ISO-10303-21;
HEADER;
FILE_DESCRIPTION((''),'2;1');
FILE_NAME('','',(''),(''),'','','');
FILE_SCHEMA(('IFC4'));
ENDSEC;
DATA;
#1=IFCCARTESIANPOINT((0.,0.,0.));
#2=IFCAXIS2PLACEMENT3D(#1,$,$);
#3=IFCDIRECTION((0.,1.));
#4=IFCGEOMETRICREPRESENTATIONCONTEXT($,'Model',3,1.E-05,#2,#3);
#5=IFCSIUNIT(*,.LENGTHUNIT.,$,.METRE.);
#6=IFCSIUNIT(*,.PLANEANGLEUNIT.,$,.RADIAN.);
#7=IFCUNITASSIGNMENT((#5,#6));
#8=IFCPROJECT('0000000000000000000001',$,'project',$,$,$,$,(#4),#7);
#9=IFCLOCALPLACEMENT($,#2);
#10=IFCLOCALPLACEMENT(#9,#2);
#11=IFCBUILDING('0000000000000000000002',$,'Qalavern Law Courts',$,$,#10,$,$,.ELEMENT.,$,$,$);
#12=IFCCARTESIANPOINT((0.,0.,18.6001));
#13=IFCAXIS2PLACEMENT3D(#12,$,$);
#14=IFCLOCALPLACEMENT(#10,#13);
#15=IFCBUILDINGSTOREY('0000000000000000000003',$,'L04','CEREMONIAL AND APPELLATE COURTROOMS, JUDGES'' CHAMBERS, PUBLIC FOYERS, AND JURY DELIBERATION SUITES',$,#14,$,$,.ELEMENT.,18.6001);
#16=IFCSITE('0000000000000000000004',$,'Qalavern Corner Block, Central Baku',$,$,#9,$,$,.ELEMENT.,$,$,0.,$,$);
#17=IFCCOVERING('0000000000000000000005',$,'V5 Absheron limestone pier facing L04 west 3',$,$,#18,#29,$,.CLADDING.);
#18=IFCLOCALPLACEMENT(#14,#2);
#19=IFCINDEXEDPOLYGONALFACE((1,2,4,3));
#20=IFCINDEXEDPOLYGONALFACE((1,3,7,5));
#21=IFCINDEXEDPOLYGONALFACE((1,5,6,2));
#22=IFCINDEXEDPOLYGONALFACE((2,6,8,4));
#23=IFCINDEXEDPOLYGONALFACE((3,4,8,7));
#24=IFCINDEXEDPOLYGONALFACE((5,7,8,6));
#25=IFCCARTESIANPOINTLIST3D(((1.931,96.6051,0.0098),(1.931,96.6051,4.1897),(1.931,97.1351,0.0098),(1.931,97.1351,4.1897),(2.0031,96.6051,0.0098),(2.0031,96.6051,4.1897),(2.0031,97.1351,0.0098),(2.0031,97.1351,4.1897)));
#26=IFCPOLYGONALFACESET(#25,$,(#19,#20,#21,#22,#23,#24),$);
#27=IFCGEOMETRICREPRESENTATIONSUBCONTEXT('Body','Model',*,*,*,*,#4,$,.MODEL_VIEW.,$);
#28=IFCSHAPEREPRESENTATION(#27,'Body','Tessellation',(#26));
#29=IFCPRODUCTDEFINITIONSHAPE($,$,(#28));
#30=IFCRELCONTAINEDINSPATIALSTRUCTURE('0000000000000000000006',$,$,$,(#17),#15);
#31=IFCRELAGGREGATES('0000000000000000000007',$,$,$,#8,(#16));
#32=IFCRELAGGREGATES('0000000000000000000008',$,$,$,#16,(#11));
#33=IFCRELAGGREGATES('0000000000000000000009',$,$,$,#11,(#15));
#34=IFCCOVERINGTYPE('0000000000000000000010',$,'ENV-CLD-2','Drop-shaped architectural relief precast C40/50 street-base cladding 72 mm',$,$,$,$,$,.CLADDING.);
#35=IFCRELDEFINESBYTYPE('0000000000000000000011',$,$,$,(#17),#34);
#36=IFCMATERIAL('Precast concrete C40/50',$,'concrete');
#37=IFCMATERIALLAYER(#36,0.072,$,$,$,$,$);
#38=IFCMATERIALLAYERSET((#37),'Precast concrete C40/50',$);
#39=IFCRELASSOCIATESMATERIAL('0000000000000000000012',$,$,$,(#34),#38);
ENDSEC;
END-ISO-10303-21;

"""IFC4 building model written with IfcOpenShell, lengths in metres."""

from ifc_helpers import new_model, si_unit, direction, frame, origin, origin_2d, place, context, subcontext, project, spatial, rectangle, extrude, material, layer, layer_set, type_object, element, save


model = new_model("IFC4")

# Units and contexts
model_context = context("Model", 3, precision=1e-05, world=origin(), true_north=direction((0.0, 1.0)))
body_context = subcontext(model_context, "Body", "Model", "MODEL_VIEW")
ifc_project = project(units=[si_unit("LENGTHUNIT", "METRE"), si_unit("PLANEANGLEUNIT", "RADIAN")], contexts=[model_context])

# Site, building, storey
site_placement = place(None, origin())
site = spatial("IfcSite", under=ifc_project, at=site_placement, Name="Qalavern Corner Block, Central Baku", CompositionType="ELEMENT", RefElevation=0.0)
building_placement = place(site_placement, origin())
building = spatial("IfcBuilding", under=site, at=building_placement, Name="Qalavern Law Courts", CompositionType="ELEMENT")
storey_placement = place(building_placement, frame((0.0, 0.0, 18.6001)))
storey = spatial("IfcBuildingStorey", under=building, at=storey_placement, Name="L04", Description="CEREMONIAL AND APPELLATE COURTROOMS, JUDGES' CHAMBERS, PUBLIC FOYERS, AND JURY DELIBERATION SUITES", CompositionType="ELEMENT", Elevation=18.6001)

# Covering
ifc_material_1 = material(Name="Precast concrete C40/50", Category="concrete")
ifc_layer_1 = layer(ifc_material_1, 0.072)
ifc_layer_set_1 = layer_set([ifc_layer_1], Name="Precast concrete C40/50")
covering_type = type_object("IfcCoveringType", Name="ENV-CLD-2", Description="Drop-shaped architectural relief precast C40/50 street-base cladding 72 mm", PredefinedType="CLADDING", material=ifc_layer_set_1)
covering_placement = place(storey_placement, frame((1.967, 96.8701, 0.0098), z_axis=(0.0, 0.0, 1.0), x_axis=(0.0, -1.0, 0.0)))
element("IfcCovering", 1, at=covering_placement, inside=storey, type_object=covering_type, Name="V5 Absheron limestone pier facing L04 west 3", PredefinedType="CLADDING", context=body_context, shape_type="SweptSolid", body=[
    extrude(rectangle(XDim=0.53, YDim=0.072, at=origin_2d()), origin(), (0.0, 0.0, 1.0), 4.1799),
])

save(model, "model.ifc")
